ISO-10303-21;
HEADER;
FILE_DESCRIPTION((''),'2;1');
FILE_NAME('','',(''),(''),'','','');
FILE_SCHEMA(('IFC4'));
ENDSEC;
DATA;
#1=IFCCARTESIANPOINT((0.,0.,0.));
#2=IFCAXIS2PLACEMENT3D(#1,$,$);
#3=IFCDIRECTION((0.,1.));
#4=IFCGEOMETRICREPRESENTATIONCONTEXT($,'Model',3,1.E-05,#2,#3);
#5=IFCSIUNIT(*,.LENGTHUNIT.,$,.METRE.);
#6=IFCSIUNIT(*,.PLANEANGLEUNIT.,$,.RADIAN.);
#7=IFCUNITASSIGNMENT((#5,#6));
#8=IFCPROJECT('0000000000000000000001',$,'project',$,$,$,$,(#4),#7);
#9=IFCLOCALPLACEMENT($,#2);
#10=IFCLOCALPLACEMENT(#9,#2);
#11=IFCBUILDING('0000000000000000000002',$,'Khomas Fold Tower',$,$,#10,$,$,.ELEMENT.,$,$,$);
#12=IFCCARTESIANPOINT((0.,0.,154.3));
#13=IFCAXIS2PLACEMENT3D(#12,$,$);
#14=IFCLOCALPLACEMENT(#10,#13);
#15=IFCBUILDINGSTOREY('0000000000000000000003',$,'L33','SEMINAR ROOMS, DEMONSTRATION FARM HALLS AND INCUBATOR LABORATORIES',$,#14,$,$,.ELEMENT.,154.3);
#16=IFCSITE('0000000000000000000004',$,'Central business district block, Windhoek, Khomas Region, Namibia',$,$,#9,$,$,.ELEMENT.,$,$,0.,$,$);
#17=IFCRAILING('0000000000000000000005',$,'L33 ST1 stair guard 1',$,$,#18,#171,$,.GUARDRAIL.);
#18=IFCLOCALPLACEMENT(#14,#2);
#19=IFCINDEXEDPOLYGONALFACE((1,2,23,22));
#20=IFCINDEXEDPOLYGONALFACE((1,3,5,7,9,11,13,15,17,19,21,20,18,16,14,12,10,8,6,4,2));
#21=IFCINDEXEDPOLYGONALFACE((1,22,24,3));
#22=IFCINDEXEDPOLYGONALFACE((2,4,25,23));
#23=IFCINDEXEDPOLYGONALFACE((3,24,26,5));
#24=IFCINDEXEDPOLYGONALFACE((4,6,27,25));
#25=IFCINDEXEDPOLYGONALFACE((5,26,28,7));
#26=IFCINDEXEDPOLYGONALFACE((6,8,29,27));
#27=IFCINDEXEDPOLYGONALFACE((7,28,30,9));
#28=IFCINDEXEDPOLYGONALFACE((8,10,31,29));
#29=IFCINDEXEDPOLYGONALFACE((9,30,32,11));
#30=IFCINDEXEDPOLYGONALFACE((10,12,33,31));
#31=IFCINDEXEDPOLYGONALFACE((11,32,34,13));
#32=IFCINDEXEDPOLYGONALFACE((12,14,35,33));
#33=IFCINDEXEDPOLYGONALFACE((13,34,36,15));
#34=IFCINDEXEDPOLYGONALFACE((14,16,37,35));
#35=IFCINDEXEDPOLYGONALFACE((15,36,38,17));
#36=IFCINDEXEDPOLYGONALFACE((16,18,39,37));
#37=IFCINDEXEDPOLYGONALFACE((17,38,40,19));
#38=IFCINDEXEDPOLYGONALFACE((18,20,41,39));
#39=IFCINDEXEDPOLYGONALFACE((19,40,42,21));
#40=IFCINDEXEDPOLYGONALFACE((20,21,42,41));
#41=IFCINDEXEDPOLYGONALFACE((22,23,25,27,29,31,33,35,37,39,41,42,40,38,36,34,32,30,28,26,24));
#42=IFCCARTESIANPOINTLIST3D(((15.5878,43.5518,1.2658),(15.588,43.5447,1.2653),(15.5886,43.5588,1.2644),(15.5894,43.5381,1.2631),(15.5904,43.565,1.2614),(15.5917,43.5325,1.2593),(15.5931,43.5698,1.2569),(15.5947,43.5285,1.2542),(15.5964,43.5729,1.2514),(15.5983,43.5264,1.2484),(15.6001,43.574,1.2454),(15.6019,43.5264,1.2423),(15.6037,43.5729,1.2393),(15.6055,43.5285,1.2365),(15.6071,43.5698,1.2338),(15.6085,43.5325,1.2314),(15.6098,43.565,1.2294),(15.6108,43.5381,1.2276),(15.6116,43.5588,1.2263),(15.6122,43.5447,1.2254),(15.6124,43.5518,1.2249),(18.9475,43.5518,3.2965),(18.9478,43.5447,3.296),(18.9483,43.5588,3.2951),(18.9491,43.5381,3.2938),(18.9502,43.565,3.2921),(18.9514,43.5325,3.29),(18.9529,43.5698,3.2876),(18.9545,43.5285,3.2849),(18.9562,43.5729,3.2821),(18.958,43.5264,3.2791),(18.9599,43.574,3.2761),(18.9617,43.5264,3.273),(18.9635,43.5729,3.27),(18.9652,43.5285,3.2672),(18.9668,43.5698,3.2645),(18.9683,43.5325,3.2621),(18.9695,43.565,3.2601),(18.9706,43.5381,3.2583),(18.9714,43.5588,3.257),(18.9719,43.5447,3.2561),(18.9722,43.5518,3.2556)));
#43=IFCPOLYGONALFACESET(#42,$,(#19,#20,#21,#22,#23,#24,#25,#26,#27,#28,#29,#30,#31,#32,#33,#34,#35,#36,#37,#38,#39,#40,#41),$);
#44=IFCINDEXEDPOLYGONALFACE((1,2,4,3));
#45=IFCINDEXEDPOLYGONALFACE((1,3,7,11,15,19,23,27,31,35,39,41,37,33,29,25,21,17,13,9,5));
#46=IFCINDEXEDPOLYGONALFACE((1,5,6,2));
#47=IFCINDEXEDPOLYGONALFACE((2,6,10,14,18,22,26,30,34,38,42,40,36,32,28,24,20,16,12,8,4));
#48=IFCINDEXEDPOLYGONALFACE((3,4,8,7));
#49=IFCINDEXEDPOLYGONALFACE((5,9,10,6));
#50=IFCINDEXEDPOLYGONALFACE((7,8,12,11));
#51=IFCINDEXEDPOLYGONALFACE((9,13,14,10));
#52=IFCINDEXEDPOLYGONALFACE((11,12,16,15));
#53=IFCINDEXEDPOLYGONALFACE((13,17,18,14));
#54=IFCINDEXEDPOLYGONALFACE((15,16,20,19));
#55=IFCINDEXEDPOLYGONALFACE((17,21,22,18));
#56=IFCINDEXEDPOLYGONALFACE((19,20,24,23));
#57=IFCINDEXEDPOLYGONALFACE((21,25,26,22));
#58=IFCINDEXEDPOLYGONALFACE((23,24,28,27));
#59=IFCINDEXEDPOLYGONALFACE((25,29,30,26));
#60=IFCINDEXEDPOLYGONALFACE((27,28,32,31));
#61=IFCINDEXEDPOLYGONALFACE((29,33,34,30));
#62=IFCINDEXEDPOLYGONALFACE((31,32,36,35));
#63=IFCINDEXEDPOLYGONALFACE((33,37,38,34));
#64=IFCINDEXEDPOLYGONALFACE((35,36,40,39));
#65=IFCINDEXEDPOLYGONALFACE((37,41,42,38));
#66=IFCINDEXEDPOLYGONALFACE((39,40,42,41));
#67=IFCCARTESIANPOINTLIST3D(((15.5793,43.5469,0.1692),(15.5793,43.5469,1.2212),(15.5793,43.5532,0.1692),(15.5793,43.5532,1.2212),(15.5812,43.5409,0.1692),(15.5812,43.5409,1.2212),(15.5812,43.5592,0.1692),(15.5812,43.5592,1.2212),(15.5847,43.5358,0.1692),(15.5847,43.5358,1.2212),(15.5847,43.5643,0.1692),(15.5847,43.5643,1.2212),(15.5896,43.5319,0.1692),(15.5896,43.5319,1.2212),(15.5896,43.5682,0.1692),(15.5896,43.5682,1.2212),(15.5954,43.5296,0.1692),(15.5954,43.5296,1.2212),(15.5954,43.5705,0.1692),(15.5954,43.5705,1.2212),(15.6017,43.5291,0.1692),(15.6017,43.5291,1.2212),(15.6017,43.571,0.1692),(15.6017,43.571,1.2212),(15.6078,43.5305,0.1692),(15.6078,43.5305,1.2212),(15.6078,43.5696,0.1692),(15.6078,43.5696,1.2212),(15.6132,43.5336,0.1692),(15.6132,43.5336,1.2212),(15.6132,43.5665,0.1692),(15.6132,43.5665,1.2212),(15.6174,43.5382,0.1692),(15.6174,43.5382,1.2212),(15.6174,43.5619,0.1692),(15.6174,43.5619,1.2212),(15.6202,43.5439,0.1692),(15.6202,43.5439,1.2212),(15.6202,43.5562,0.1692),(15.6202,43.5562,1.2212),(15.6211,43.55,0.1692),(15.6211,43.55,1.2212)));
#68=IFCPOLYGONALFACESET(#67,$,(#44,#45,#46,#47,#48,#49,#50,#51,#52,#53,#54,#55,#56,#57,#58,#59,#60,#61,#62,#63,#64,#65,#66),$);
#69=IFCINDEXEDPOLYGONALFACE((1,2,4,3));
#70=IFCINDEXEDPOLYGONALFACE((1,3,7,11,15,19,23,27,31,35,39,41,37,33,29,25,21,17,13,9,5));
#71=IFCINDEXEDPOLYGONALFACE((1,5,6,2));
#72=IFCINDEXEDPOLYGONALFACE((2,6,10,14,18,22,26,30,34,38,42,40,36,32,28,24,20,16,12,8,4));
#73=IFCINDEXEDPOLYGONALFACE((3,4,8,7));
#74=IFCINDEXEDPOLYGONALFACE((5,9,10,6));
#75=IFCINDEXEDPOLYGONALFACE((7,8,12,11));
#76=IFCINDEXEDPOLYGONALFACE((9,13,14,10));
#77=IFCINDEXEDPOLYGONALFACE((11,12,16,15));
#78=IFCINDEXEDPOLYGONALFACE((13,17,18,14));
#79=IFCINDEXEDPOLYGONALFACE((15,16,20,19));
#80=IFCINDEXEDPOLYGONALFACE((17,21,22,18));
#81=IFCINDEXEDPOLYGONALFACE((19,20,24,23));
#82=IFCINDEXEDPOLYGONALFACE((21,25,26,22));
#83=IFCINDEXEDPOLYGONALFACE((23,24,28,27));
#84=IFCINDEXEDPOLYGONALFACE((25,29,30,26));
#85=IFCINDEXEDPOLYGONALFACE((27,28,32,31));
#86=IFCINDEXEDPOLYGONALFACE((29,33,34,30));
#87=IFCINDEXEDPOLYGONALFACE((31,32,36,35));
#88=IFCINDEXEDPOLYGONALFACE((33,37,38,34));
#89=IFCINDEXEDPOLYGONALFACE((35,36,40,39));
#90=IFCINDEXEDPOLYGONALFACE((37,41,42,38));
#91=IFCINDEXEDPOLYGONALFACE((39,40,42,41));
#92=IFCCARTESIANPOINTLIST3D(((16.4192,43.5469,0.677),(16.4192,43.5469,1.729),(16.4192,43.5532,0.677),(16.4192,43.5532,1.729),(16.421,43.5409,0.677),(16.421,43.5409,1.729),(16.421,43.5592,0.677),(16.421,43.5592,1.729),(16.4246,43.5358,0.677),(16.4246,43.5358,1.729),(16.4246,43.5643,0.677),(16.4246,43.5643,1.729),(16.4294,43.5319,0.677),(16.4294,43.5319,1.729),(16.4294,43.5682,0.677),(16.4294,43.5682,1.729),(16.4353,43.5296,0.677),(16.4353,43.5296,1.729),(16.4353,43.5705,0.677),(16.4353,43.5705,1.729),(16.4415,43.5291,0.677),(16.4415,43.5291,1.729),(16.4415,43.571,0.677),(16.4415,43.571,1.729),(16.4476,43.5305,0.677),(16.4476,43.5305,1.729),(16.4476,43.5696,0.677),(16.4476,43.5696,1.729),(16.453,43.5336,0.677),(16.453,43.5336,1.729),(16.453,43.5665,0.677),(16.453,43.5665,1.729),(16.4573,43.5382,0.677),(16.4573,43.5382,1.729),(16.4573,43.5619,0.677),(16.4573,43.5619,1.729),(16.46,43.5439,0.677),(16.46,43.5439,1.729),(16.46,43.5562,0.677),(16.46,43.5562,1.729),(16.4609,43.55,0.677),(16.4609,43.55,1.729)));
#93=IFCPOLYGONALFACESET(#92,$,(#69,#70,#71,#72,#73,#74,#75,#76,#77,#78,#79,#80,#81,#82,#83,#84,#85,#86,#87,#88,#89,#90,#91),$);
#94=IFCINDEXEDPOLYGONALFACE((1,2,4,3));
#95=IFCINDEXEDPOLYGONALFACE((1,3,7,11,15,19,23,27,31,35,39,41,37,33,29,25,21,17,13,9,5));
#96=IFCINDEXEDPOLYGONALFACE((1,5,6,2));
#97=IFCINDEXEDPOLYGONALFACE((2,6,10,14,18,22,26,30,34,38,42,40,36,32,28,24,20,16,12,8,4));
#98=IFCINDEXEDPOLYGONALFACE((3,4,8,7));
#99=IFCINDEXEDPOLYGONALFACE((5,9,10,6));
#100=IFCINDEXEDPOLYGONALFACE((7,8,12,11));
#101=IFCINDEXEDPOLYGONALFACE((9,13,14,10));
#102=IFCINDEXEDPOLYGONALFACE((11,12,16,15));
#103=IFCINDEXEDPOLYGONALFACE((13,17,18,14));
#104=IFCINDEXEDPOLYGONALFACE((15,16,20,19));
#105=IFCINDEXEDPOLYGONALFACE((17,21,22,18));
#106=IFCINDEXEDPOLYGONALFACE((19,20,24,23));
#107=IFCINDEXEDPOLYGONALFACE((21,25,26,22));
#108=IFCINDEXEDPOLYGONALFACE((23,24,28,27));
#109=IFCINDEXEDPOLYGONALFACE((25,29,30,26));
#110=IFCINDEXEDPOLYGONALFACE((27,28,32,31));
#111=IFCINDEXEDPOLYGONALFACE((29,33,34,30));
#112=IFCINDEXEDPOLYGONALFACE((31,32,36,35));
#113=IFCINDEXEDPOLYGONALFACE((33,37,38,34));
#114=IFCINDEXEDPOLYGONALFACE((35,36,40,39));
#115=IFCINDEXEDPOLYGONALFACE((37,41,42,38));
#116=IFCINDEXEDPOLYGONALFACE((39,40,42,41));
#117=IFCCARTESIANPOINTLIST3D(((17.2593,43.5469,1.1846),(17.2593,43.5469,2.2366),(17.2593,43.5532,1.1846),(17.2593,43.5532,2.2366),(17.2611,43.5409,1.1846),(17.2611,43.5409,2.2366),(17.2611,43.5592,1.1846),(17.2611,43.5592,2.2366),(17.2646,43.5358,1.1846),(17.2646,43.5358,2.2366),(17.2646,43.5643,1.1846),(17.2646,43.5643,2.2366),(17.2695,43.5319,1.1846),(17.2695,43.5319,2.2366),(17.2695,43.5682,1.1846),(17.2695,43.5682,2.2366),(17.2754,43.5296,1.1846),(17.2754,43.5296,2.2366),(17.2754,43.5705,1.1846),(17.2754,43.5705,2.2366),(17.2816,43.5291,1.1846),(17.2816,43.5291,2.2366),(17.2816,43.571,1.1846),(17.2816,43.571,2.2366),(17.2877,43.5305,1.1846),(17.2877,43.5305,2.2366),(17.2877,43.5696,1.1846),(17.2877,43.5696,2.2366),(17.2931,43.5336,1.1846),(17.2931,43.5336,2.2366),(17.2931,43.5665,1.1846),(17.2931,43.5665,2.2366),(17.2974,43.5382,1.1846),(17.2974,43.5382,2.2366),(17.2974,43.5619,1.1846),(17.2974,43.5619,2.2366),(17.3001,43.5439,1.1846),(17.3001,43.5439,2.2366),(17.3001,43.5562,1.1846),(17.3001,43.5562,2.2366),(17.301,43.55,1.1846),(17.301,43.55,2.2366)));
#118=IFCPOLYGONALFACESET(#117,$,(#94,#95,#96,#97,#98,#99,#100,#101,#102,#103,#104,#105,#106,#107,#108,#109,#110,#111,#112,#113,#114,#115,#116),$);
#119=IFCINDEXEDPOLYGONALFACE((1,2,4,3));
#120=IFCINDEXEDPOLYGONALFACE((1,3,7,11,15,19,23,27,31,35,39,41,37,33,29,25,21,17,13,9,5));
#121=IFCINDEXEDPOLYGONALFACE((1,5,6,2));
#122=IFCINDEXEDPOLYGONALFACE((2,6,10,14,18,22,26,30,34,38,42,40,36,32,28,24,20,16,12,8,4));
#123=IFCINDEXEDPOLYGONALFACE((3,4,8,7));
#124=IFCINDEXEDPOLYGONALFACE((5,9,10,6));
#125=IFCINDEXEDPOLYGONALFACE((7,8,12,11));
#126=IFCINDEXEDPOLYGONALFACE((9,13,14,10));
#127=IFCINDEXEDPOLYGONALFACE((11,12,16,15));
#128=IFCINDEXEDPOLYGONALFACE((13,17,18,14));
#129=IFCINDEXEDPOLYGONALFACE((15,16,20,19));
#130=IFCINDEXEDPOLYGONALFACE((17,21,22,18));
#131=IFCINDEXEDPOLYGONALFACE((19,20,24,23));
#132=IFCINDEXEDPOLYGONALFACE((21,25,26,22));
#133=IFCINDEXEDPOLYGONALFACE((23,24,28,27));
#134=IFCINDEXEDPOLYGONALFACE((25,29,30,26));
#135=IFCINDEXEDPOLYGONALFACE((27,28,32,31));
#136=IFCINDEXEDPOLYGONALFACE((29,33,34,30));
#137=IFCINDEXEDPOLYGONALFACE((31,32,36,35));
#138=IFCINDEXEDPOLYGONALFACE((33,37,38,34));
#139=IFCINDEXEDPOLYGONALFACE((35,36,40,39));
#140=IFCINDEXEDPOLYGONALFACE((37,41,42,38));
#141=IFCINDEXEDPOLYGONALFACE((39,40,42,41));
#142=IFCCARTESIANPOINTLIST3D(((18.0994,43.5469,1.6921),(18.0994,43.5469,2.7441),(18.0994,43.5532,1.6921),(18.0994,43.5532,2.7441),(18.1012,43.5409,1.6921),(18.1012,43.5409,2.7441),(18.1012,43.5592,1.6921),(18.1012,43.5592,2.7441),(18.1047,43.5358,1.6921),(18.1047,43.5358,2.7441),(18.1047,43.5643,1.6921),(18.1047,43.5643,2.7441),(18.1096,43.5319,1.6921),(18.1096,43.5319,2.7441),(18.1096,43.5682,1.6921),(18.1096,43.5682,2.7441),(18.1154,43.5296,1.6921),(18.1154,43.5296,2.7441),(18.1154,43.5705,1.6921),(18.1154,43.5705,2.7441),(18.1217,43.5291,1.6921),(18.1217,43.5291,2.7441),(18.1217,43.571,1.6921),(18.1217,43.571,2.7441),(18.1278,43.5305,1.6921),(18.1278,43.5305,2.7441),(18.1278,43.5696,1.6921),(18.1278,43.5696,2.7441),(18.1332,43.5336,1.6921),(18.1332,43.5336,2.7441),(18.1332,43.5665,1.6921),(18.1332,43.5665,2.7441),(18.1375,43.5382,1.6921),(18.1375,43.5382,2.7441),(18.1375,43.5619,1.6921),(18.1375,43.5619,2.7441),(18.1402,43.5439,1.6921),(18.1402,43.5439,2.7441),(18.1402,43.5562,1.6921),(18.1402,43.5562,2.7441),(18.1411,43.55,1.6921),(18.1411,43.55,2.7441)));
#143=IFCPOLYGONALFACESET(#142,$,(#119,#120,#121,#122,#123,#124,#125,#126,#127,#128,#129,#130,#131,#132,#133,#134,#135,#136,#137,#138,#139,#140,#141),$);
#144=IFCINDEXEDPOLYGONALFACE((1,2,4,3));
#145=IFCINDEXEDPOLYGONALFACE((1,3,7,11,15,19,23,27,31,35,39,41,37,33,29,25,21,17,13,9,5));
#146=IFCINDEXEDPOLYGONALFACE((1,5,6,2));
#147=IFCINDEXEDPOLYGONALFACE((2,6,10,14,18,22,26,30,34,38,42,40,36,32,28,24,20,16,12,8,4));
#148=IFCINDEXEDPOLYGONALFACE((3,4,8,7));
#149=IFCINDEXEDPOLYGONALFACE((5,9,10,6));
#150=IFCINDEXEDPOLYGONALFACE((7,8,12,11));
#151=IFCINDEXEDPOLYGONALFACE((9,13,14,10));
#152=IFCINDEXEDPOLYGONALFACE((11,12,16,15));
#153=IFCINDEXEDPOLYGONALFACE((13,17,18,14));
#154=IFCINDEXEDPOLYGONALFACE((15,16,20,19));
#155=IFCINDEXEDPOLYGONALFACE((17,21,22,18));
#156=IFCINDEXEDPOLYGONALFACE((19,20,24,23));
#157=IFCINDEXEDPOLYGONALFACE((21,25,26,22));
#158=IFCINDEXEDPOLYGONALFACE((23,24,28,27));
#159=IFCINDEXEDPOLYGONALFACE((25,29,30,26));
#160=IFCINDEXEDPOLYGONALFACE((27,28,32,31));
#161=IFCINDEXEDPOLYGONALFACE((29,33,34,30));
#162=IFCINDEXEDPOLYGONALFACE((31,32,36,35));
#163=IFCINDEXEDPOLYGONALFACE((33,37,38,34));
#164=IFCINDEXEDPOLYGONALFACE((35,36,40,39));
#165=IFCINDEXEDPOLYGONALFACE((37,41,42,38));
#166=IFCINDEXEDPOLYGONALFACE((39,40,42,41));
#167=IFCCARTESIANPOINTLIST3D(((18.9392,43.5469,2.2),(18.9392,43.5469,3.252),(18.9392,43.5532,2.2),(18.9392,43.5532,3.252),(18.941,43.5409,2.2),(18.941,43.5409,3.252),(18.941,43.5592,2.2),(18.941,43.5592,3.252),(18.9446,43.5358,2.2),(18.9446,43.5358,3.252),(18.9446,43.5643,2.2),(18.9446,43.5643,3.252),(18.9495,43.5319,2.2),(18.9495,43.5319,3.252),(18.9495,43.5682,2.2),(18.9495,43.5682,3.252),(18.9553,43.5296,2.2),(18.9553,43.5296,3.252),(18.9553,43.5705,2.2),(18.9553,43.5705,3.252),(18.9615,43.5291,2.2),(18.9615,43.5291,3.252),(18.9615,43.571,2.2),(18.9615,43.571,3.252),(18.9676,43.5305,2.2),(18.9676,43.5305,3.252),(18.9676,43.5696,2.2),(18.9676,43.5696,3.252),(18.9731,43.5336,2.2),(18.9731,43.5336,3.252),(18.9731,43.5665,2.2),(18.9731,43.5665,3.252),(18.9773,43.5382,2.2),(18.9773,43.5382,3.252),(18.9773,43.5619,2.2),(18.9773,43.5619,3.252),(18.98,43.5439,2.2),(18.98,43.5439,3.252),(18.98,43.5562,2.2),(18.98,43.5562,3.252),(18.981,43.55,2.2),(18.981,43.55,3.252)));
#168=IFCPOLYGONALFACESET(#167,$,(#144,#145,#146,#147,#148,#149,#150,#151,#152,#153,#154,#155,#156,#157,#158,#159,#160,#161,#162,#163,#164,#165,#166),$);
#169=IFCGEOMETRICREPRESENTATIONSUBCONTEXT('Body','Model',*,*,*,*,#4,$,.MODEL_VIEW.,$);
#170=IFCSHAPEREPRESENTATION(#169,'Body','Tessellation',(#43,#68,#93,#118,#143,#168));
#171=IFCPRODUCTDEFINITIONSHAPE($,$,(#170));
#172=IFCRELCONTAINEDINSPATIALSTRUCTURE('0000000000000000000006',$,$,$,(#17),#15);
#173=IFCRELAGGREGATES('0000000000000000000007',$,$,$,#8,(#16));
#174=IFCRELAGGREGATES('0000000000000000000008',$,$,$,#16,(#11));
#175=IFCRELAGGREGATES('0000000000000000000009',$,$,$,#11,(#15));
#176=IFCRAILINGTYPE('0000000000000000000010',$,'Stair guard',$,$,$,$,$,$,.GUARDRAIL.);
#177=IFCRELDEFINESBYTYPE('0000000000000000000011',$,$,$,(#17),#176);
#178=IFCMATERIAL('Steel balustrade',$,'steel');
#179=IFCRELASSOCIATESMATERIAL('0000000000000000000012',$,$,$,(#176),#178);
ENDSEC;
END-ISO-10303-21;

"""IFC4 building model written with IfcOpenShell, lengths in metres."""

from ifc_helpers import new_model, si_unit, direction, frame, origin, origin_2d, place, context, subcontext, project, spatial, circle, extrude, source, transform, mapped, material, type_object, element, save


model = new_model("IFC4")

# Units and contexts
model_context = context("Model", 3, precision=1e-05, world=origin(), true_north=direction((0.0, 1.0)))
body_context = subcontext(model_context, "Body", "Model", "MODEL_VIEW")
ifc_project = project(units=[si_unit("LENGTHUNIT", "METRE"), si_unit("PLANEANGLEUNIT", "RADIAN")], contexts=[model_context])

# Site, building, storey
site_placement = place(None, origin())
site = spatial("IfcSite", under=ifc_project, at=site_placement, Name="Central business district block, Windhoek, Khomas Region, Namibia", CompositionType="ELEMENT", RefElevation=0.0)
building_placement = place(site_placement, origin())
building = spatial("IfcBuilding", under=site, at=building_placement, Name="Khomas Fold Tower", CompositionType="ELEMENT")
storey_placement = place(building_placement, frame((0.0, 0.0, 154.3)))
storey = spatial("IfcBuildingStorey", under=building, at=storey_placement, Name="L33", Description="SEMINAR ROOMS, DEMONSTRATION FARM HALLS AND INCUBATOR LABORATORIES", CompositionType="ELEMENT", Elevation=154.3)

# Railing
ifc_material_1 = material(Name="Steel balustrade", Category="steel")
railing_type_1 = type_object("IfcRailingType", Name="Stair guard", PredefinedType="GUARDRAIL", material=ifc_material_1)
shared_shape_1 = source(origin(), body_context, "Body", "SweptSolid", [
    extrude(circle(Radius=0.0239, at=origin_2d()), frame((0.0, 0.0, 1.0762), z_axis=(0.85582, 0.0, 0.517273), x_axis=(0.0, 1.0, 0.0)), (0.0, 0.0, 1.0), 3.9258),
    extrude(circle(Radius=0.021, at=origin_2d()), origin(), (0.0, 0.0, 1.0), 1.052),
    extrude(circle(Radius=0.021, at=origin_2d()), frame((0.8398, 0.0, 0.5078)), (0.0, 0.0, 1.0), 1.052),
    extrude(circle(Radius=0.021, at=origin_2d()), frame((1.6799, 0.0, 1.0154)), (0.0, 0.0, 1.0), 1.052),
    extrude(circle(Radius=0.021, at=origin_2d()), frame((2.52, 0.0, 1.5229)), (0.0, 0.0, 1.0), 1.052),
    extrude(circle(Radius=0.021, at=origin_2d()), frame((3.3599, 0.0, 2.0308)), (0.0, 0.0, 1.0), 1.052),
])
railing_1_placement = place(storey_placement, frame((15.6001, 43.55, 0.1692)))
element("IfcRailing", 1, at=railing_1_placement, inside=storey, type_object=railing_type_1, Name="L33 ST1 stair guard 1", PredefinedType="GUARDRAIL", context=body_context, shape_type="MappedRepresentation", body=[
    mapped(shared_shape_1, transform((0.0, 0.0, 0.0))),
])

save(model, "model.ifc")
